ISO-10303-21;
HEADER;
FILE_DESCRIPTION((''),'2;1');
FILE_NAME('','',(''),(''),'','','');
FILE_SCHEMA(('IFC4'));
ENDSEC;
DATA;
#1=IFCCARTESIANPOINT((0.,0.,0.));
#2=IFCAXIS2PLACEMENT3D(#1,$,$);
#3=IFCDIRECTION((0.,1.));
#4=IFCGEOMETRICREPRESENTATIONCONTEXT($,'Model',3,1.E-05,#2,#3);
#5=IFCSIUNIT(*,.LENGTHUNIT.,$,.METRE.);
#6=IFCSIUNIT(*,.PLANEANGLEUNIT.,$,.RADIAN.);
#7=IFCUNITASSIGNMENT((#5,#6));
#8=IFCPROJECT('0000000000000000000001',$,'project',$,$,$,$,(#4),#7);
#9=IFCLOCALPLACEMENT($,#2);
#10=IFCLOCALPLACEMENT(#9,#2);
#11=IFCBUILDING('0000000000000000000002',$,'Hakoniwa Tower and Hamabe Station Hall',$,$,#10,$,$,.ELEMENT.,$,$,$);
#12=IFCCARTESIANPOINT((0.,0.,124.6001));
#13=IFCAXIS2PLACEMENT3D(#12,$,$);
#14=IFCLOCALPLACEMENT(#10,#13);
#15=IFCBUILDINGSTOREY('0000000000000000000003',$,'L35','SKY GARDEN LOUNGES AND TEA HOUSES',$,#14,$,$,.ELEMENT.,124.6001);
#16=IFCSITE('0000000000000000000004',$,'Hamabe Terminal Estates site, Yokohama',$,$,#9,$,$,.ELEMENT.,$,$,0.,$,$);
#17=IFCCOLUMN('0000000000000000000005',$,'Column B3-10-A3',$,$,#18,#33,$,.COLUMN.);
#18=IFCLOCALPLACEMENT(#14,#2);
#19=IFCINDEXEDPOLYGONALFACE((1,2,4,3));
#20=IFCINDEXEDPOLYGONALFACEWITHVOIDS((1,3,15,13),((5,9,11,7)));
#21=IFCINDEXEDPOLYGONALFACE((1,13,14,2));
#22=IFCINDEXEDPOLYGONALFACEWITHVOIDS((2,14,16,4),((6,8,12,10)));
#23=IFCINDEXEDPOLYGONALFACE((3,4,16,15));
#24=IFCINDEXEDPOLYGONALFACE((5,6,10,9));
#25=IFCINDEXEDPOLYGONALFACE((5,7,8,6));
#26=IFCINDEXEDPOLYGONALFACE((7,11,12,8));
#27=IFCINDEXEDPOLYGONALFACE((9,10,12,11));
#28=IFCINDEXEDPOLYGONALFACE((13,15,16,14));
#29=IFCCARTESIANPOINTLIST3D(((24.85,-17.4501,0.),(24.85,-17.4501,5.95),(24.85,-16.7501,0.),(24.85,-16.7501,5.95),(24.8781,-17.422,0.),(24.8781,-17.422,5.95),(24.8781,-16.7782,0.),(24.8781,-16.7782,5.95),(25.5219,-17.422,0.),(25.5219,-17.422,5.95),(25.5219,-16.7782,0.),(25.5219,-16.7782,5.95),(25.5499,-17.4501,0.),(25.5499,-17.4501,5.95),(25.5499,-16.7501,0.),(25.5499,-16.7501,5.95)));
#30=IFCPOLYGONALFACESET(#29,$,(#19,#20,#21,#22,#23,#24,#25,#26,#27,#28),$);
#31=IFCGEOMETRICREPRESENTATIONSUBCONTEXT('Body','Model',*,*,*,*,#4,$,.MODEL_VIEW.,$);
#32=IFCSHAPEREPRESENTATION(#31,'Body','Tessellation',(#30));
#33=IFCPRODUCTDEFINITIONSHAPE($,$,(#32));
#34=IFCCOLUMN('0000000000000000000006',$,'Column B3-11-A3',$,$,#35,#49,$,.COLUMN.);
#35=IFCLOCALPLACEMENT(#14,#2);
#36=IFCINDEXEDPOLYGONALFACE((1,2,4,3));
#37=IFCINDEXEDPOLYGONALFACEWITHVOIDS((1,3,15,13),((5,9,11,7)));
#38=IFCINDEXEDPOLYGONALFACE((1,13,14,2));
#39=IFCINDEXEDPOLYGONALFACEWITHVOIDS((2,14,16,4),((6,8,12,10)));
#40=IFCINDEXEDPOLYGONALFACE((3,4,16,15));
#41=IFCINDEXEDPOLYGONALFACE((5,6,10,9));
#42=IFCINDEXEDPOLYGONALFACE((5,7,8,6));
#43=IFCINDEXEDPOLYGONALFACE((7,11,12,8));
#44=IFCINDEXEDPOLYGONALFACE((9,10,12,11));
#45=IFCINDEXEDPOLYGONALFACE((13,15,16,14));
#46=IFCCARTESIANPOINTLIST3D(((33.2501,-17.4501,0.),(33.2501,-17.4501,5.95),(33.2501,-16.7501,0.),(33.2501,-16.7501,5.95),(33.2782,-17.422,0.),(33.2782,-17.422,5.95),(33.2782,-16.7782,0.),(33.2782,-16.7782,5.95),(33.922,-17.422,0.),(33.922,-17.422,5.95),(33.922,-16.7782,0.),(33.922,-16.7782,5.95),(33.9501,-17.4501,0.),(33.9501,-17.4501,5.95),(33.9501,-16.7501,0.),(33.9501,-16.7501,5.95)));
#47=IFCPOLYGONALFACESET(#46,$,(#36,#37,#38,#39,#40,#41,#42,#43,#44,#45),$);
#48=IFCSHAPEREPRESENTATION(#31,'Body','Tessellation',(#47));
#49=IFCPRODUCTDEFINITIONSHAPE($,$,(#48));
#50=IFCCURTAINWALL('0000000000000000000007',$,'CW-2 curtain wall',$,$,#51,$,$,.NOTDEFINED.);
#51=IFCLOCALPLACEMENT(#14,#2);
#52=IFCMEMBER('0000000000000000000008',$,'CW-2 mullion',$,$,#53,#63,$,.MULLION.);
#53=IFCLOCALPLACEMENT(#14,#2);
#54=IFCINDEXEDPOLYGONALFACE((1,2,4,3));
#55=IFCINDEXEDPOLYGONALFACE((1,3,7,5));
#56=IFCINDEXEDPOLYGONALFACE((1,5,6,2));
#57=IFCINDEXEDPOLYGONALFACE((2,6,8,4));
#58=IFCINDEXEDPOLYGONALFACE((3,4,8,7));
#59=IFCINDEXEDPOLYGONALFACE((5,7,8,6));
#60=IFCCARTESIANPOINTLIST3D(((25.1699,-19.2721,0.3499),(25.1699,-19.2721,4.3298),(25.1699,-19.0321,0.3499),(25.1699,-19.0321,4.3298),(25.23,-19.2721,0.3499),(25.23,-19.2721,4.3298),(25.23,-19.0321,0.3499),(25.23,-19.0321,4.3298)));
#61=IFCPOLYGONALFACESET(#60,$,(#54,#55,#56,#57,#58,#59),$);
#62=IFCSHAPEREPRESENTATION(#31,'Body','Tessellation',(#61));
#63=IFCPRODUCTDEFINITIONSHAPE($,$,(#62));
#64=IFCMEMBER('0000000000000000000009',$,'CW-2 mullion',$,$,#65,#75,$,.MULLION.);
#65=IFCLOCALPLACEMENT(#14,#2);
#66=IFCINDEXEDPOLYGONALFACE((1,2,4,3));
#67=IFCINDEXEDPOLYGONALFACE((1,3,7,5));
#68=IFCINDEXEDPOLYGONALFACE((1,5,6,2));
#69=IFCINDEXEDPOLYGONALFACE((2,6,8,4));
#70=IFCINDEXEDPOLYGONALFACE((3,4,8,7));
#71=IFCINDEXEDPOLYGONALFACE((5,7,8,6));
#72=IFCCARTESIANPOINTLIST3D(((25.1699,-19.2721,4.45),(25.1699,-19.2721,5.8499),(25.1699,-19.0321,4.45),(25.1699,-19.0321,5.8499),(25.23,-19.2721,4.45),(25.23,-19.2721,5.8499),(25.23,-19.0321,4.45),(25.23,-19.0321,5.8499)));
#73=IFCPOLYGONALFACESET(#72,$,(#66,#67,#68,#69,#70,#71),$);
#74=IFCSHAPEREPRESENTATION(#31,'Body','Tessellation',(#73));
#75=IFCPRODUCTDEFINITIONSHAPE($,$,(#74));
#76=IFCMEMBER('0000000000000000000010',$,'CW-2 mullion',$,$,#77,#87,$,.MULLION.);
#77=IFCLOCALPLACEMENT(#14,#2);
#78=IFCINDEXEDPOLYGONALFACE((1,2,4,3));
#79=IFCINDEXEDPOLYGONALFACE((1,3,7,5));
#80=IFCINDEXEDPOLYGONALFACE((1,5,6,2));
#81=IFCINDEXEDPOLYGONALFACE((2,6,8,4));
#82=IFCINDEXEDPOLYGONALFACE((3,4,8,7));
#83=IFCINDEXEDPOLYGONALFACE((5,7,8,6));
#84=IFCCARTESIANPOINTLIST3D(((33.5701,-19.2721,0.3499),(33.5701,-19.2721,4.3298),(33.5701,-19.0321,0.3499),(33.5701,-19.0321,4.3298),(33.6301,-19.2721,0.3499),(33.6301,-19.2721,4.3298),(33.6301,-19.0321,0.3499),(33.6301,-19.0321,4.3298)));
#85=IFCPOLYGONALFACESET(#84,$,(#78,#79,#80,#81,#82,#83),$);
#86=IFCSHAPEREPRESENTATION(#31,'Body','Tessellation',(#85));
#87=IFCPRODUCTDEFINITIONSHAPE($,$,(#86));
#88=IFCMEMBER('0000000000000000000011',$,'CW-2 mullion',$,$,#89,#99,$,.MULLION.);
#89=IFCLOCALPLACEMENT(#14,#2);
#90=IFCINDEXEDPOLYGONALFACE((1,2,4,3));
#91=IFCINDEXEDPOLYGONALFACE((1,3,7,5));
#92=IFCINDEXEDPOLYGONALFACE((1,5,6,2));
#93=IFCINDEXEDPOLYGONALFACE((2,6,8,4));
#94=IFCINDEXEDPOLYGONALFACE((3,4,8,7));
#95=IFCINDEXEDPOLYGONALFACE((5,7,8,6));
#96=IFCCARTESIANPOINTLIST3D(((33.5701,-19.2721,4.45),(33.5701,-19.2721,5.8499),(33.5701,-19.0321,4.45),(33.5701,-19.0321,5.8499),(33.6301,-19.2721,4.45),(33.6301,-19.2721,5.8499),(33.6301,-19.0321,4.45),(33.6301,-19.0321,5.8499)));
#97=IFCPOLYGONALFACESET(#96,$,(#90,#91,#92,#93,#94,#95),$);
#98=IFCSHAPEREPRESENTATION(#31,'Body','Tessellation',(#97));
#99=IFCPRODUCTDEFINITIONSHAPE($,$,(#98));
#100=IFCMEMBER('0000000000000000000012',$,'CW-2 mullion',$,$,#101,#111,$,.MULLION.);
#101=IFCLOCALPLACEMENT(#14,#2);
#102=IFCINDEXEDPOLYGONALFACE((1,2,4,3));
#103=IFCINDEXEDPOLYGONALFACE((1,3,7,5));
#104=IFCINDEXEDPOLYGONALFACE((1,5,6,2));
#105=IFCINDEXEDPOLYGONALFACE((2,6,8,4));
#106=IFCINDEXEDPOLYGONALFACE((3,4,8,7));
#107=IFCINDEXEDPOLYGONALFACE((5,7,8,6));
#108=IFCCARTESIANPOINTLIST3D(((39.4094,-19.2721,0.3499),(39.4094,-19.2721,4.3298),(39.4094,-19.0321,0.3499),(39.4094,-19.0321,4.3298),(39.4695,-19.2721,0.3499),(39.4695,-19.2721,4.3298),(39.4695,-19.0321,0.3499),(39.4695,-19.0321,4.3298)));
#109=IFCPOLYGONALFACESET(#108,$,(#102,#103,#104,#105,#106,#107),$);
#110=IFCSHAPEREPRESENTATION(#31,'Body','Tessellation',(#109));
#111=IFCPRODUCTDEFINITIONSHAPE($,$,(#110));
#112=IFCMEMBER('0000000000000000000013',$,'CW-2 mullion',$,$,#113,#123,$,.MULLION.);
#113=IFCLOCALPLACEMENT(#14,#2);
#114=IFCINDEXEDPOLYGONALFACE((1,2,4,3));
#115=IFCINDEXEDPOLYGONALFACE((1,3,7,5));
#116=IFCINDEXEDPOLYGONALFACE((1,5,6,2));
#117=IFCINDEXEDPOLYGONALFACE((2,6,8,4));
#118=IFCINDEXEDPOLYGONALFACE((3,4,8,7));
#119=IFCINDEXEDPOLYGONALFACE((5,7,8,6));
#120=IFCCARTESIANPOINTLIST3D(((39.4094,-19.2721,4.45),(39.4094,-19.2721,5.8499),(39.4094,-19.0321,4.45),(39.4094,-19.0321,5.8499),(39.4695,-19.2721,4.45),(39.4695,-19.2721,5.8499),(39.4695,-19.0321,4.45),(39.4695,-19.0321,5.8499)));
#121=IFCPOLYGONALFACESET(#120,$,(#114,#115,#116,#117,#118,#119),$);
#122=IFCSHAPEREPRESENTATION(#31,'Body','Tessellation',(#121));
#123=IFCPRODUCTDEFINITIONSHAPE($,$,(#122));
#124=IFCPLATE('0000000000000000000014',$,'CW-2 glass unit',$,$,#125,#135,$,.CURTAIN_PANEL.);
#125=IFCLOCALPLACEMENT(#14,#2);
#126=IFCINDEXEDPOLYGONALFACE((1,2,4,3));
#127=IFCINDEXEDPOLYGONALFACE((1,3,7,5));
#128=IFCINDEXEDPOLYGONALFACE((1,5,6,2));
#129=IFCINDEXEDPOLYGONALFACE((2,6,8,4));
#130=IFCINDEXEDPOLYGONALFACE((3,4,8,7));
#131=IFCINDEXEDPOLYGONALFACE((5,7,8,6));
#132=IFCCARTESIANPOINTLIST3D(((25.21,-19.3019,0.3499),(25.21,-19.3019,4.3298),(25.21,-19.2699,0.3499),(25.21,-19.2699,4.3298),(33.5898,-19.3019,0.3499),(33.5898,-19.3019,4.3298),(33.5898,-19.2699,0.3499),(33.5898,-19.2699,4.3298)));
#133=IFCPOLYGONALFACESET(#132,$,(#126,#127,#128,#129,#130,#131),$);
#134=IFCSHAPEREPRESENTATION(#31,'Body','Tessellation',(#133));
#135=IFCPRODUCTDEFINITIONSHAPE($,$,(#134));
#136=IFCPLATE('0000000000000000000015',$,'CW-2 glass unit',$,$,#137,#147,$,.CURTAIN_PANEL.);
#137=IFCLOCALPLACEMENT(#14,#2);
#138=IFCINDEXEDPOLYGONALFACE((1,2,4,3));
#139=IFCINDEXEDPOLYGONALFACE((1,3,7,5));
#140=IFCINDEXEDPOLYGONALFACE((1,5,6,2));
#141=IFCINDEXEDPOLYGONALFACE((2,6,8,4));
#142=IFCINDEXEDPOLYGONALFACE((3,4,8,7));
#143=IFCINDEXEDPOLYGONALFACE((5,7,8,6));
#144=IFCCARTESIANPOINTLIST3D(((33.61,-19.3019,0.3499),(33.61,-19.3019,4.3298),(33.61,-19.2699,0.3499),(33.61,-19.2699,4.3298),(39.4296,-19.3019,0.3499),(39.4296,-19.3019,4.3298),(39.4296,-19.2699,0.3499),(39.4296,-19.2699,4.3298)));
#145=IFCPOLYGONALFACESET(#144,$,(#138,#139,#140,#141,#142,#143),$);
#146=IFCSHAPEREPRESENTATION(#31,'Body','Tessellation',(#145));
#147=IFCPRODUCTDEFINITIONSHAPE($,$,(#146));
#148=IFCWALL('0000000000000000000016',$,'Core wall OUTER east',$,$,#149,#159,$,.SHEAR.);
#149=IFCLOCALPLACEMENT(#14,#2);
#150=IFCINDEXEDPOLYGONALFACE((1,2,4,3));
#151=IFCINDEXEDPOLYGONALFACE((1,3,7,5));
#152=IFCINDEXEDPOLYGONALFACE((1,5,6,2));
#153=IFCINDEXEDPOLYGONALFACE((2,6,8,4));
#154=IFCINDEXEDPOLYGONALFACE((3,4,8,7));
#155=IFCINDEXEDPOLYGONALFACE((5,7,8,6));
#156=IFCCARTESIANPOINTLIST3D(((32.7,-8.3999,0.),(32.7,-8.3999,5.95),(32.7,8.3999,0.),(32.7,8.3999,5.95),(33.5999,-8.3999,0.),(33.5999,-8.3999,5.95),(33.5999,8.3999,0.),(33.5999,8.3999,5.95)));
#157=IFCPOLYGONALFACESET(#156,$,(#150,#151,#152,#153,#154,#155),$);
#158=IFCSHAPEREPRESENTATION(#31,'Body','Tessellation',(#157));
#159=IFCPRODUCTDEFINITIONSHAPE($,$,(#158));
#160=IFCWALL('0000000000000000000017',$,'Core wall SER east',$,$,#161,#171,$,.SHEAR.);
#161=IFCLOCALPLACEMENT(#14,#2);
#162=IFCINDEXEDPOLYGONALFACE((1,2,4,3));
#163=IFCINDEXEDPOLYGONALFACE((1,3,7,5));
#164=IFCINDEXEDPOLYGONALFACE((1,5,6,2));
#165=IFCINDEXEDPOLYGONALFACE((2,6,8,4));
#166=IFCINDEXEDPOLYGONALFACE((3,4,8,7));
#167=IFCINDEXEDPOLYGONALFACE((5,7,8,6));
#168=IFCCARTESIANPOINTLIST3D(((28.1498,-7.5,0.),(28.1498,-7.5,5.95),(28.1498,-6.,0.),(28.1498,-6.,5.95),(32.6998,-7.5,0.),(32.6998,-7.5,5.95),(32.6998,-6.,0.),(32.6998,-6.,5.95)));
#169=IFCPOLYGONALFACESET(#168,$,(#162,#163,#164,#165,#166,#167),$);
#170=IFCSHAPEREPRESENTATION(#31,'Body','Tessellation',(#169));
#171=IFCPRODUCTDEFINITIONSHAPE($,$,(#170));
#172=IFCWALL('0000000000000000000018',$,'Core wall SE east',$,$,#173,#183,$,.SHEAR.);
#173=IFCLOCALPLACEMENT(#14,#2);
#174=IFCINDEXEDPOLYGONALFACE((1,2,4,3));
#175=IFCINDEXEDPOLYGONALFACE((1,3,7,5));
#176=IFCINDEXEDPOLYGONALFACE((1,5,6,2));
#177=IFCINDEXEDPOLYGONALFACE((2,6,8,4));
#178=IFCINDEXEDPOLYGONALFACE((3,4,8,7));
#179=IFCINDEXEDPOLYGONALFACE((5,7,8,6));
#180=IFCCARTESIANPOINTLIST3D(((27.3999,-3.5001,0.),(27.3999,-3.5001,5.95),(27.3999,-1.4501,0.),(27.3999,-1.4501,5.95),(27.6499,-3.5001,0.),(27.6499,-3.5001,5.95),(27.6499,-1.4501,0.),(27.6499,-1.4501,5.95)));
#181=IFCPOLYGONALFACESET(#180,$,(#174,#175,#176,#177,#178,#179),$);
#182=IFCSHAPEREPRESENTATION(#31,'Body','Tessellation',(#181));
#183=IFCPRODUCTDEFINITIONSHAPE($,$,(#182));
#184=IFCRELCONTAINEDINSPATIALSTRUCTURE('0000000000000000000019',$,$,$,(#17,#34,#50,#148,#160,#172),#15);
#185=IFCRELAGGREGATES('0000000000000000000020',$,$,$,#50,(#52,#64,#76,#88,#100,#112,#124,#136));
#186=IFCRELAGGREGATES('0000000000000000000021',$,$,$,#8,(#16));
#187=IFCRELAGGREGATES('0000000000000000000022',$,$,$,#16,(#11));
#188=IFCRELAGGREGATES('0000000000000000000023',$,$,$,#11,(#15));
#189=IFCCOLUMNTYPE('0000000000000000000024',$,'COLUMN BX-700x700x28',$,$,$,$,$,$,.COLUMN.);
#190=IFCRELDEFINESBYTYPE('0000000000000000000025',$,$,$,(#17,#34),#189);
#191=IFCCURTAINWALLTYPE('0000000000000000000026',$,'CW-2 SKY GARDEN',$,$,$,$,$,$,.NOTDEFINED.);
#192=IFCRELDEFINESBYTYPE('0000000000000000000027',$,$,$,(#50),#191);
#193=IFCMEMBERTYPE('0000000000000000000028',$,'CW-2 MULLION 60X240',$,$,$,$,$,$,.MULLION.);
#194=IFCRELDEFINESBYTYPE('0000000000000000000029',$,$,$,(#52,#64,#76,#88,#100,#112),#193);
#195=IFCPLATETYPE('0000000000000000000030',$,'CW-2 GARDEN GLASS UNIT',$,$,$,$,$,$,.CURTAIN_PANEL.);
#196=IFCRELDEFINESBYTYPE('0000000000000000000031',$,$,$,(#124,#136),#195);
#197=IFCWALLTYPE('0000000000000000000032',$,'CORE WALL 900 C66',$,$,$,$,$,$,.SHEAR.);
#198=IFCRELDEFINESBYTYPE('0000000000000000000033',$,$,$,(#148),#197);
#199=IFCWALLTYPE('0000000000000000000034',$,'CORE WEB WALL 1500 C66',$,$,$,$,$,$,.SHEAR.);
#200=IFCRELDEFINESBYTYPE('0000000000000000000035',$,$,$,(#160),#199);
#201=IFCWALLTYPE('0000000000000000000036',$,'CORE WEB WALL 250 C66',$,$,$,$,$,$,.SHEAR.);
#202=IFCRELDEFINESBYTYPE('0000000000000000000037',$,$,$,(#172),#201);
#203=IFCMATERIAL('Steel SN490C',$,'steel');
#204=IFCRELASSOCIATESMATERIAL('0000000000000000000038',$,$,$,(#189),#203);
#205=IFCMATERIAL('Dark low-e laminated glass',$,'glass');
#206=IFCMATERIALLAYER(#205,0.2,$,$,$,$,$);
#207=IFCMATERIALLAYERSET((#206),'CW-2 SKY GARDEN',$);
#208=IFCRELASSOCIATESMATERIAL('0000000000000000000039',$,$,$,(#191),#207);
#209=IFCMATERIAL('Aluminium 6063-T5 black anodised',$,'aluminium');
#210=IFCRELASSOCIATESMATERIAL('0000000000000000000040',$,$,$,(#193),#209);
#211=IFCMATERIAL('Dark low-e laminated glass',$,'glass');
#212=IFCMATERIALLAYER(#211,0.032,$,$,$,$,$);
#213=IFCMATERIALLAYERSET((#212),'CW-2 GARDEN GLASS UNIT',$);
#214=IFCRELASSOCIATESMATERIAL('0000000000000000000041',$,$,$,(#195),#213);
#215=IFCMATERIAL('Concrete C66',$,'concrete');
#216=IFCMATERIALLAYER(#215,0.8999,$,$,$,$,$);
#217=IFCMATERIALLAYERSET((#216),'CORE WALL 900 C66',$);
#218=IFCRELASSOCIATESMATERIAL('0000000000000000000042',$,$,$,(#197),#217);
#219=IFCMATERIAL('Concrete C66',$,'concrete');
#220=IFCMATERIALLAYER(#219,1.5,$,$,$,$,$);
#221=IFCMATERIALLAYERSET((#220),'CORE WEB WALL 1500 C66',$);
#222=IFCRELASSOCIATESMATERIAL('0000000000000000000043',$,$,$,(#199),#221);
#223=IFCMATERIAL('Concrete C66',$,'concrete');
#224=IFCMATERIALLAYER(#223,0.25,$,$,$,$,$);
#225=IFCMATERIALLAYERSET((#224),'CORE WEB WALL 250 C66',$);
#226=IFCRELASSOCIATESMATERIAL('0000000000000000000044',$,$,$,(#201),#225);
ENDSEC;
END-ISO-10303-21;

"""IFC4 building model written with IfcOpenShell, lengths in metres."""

from ifc_helpers import new_model, si_unit, direction, frame, frame_2d, origin, origin_2d, place, context, subcontext, project, spatial, rectangle, hollow_rectangle, extrude, material, layer, layer_set, material_profile, profile_set, type_object, element, aggregate, save


model = new_model("IFC4")

# Units and contexts
model_context = context("Model", 3, precision=1e-05, world=origin(), true_north=direction((0.0, 1.0)))
body_context = subcontext(model_context, "Body", "Model", "MODEL_VIEW")
ifc_project = project(units=[si_unit("LENGTHUNIT", "METRE"), si_unit("PLANEANGLEUNIT", "RADIAN")], contexts=[model_context])

# Site, building, storey
site_placement = place(None, origin())
site = spatial("IfcSite", under=ifc_project, at=site_placement, Name="Hamabe Terminal Estates site, Yokohama", CompositionType="ELEMENT", RefElevation=0.0)
building_placement = place(site_placement, origin())
building = spatial("IfcBuilding", under=site, at=building_placement, Name="Hakoniwa Tower and Hamabe Station Hall", CompositionType="ELEMENT")
storey_placement = place(building_placement, frame((0.0, 0.0, 124.6001)))
storey = spatial("IfcBuildingStorey", under=building, at=storey_placement, Name="L35", Description="SKY GARDEN LOUNGES AND TEA HOUSES", CompositionType="ELEMENT", Elevation=124.6001)

# Columns
ifc_material_1 = material(Name="Steel SN490C", Category="steel")
ifc_material_profile_1 = material_profile(ifc_material_1, hollow_rectangle(XDim=0.7, YDim=0.7, WallThickness=0.0281, at=origin_2d()), Name="BX-700x700x28")
ifc_profile_set_1 = profile_set([ifc_material_profile_1], Name="Steel SN490C")
column_type = type_object("IfcColumnType", Name="COLUMN BX-700x700x28", PredefinedType="COLUMN", material=ifc_profile_set_1)
for number, where, z_axis, x_axis, name in (
    (1, (25.2, -17.1001, 0.0), (0.0, 0.0, 1.0), (1.0, 0.0, 0.0), "Column B3-10-A3"),
    (2, (33.6001, -17.1001, 0.0), (0.0, 0.0, 1.0), (1.0, 0.0, 0.0), "Column B3-11-A3"),
):
    element("IfcColumn", number, at=place(storey_placement, frame(where, z_axis=z_axis, x_axis=x_axis)), inside=storey, type_object=column_type, Name=name, PredefinedType="COLUMN", context=body_context, shape_type="SweptSolid", body=[
        extrude(hollow_rectangle(XDim=0.7, YDim=0.7, WallThickness=0.0281, at=origin_2d()), origin(), (0.0, 0.0, 1.0), 5.95),
    ])

# Curtain wall, members, plates
ifc_material_2 = material(Name="Dark low-e laminated glass", Category="glass")
ifc_layer_1 = layer(ifc_material_2, 0.2)
ifc_layer_set_1 = layer_set([ifc_layer_1], Name="CW-2 SKY GARDEN")
curtain_wall_type = type_object("IfcCurtainWallType", Name="CW-2 SKY GARDEN", PredefinedType="NOTDEFINED", material=ifc_layer_set_1)
curtain_wall_placement = place(storey_placement, origin())
curtain_wall = element("IfcCurtainWall", 3, at=curtain_wall_placement, inside=storey, type_object=curtain_wall_type, Name="CW-2 curtain wall", PredefinedType="NOTDEFINED")
ifc_material_3 = material(Name="Aluminium 6063-T5 black anodised", Category="aluminium")
ifc_material_profile_2 = material_profile(ifc_material_3, rectangle(XDim=0.0601, YDim=0.24, at=origin_2d()), Name="CW-2 MULLION 60X240")
ifc_profile_set_2 = profile_set([ifc_material_profile_2], Name="Aluminium 6063-T5 black anodised")
member_type = type_object("IfcMemberType", Name="CW-2 MULLION 60X240", PredefinedType="MULLION", material=ifc_profile_set_2)
member_1_placement = place(storey_placement, frame((25.2, -19.1521, 0.3499), z_axis=(0.0, 0.0, 1.0), x_axis=(1.0, 0.0, 0.0)))
member_1 = element("IfcMember", 4, at=member_1_placement, type_object=member_type, Name="CW-2 mullion", PredefinedType="MULLION", context=body_context, shape_type="SweptSolid", body=[
    extrude(rectangle(XDim=0.0601, YDim=0.24, at=origin_2d()), origin(), (0.0, 0.0, 1.0), 3.98),
])
member_2_placement = place(storey_placement, frame((25.2, -19.1521, 4.45), z_axis=(0.0, 0.0, 1.0), x_axis=(1.0, 0.0, 0.0)))
member_2 = element("IfcMember", 5, at=member_2_placement, type_object=member_type, Name="CW-2 mullion", PredefinedType="MULLION", context=body_context, shape_type="SweptSolid", body=[
    extrude(rectangle(XDim=0.0601, YDim=0.24, at=origin_2d()), origin(), (0.0, 0.0, 1.0), 1.3999),
])
member_3_placement = place(storey_placement, frame((33.6001, -19.1521, 0.3499), z_axis=(0.0, 0.0, 1.0), x_axis=(1.0, 0.0, 0.0)))
member_3 = element("IfcMember", 6, at=member_3_placement, type_object=member_type, Name="CW-2 mullion", PredefinedType="MULLION", context=body_context, shape_type="SweptSolid", body=[
    extrude(rectangle(XDim=0.0601, YDim=0.24, at=origin_2d()), origin(), (0.0, 0.0, 1.0), 3.98),
])
member_4_placement = place(storey_placement, frame((33.6001, -19.1521, 4.45), z_axis=(0.0, 0.0, 1.0), x_axis=(1.0, 0.0, 0.0)))
member_4 = element("IfcMember", 7, at=member_4_placement, type_object=member_type, Name="CW-2 mullion", PredefinedType="MULLION", context=body_context, shape_type="SweptSolid", body=[
    extrude(rectangle(XDim=0.0601, YDim=0.24, at=origin_2d()), origin(), (0.0, 0.0, 1.0), 1.3999),
])
member_5_placement = place(storey_placement, frame((39.4395, -19.1521, 0.3499), z_axis=(0.0, 0.0, 1.0), x_axis=(1.0, 0.0, 0.0)))
member_5 = element("IfcMember", 8, at=member_5_placement, type_object=member_type, Name="CW-2 mullion", PredefinedType="MULLION", context=body_context, shape_type="SweptSolid", body=[
    extrude(rectangle(XDim=0.0601, YDim=0.24, at=origin_2d()), origin(), (0.0, 0.0, 1.0), 3.98),
])
member_6_placement = place(storey_placement, frame((39.4395, -19.1521, 4.45), z_axis=(0.0, 0.0, 1.0), x_axis=(1.0, 0.0, 0.0)))
member_6 = element("IfcMember", 9, at=member_6_placement, type_object=member_type, Name="CW-2 mullion", PredefinedType="MULLION", context=body_context, shape_type="SweptSolid", body=[
    extrude(rectangle(XDim=0.0601, YDim=0.24, at=origin_2d()), origin(), (0.0, 0.0, 1.0), 1.3999),
])
ifc_material_4 = material(Name="Dark low-e laminated glass", Category="glass")
ifc_layer_2 = layer(ifc_material_4, 0.032)
ifc_layer_set_2 = layer_set([ifc_layer_2], Name="CW-2 GARDEN GLASS UNIT")
plate_type = type_object("IfcPlateType", Name="CW-2 GARDEN GLASS UNIT", PredefinedType="CURTAIN_PANEL", material=ifc_layer_set_2)
plate_1_placement = place(storey_placement, frame((29.3999, -19.2859, 0.3499), z_axis=(0.0, 0.0, 1.0), x_axis=(1.0, 0.0, 0.0)))
plate_1 = element("IfcPlate", 10, at=plate_1_placement, type_object=plate_type, Name="CW-2 glass unit", PredefinedType="CURTAIN_PANEL", context=body_context, shape_type="SweptSolid", body=[
    extrude(rectangle(XDim=8.3799, YDim=0.032, at=origin_2d()), origin(), (0.0, 0.0, 1.0), 3.98),
])
plate_2_placement = place(storey_placement, frame((36.5198, -19.2859, 0.3499), z_axis=(0.0, 0.0, 1.0), x_axis=(1.0, 0.0, 0.0)))
plate_2 = element("IfcPlate", 11, at=plate_2_placement, type_object=plate_type, Name="CW-2 glass unit", PredefinedType="CURTAIN_PANEL", context=body_context, shape_type="SweptSolid", body=[
    extrude(rectangle(XDim=5.8196, YDim=0.032, at=origin_2d()), origin(), (0.0, 0.0, 1.0), 3.98),
])

# Walls
ifc_material_5 = material(Name="Concrete C66", Category="concrete")
ifc_layer_3 = layer(ifc_material_5, 0.8999)
ifc_layer_set_3 = layer_set([ifc_layer_3], Name="CORE WALL 900 C66")
wall_type_1 = type_object("IfcWallType", Name="CORE WALL 900 C66", PredefinedType="SHEAR", material=ifc_layer_set_3)
wall_1_placement = place(storey_placement, frame((33.1499, -8.3999, 0.0), z_axis=(0.0, 0.0, 1.0), x_axis=(0.0, 1.0, 0.0)))
element("IfcWall", 12, at=wall_1_placement, inside=storey, type_object=wall_type_1, Name="Core wall OUTER east", PredefinedType="SHEAR", context=body_context, shape_type="SweptSolid", body=[
    extrude(rectangle(XDim=16.7998, YDim=0.8999, at=frame_2d((8.3999, 0.0))), origin(), (0.0, 0.0, 1.0), 5.95),
])
ifc_material_6 = material(Name="Concrete C66", Category="concrete")
ifc_layer_4 = layer(ifc_material_6, 1.5)
ifc_layer_set_4 = layer_set([ifc_layer_4], Name="CORE WEB WALL 1500 C66")
wall_type_2 = type_object("IfcWallType", Name="CORE WEB WALL 1500 C66", PredefinedType="SHEAR", material=ifc_layer_set_4)
wall_2_placement = place(storey_placement, frame((28.1499, -6.75, 0.0), z_axis=(0.0, 0.0, 1.0), x_axis=(1.0, 0.0, 0.0)))
element("IfcWall", 13, at=wall_2_placement, inside=storey, type_object=wall_type_2, Name="Core wall SER east", PredefinedType="SHEAR", context=body_context, shape_type="SweptSolid", body=[
    extrude(rectangle(XDim=4.55, YDim=1.5, at=frame_2d((2.2749, 0.0))), origin(), (0.0, 0.0, 1.0), 5.95),
])
ifc_material_7 = material(Name="Concrete C66", Category="concrete")
ifc_layer_5 = layer(ifc_material_7, 0.25)
ifc_layer_set_5 = layer_set([ifc_layer_5], Name="CORE WEB WALL 250 C66")
wall_type_3 = type_object("IfcWallType", Name="CORE WEB WALL 250 C66", PredefinedType="SHEAR", material=ifc_layer_set_5)
wall_3_placement = place(storey_placement, frame((27.5249, -3.5, 0.0), z_axis=(0.0, 0.0, 1.0), x_axis=(0.0, 1.0, 0.0)))
element("IfcWall", 14, at=wall_3_placement, inside=storey, type_object=wall_type_3, Name="Core wall SE east", PredefinedType="SHEAR", context=body_context, shape_type="SweptSolid", body=[
    extrude(rectangle(XDim=2.05, YDim=0.25, at=frame_2d((1.0249, 0.0))), origin(), (0.0, 0.0, 1.0), 5.95),
])

aggregate(curtain_wall, [member_1, member_2, member_3, member_4, member_5, member_6, plate_1, plate_2])

save(model, "model.ifc")
